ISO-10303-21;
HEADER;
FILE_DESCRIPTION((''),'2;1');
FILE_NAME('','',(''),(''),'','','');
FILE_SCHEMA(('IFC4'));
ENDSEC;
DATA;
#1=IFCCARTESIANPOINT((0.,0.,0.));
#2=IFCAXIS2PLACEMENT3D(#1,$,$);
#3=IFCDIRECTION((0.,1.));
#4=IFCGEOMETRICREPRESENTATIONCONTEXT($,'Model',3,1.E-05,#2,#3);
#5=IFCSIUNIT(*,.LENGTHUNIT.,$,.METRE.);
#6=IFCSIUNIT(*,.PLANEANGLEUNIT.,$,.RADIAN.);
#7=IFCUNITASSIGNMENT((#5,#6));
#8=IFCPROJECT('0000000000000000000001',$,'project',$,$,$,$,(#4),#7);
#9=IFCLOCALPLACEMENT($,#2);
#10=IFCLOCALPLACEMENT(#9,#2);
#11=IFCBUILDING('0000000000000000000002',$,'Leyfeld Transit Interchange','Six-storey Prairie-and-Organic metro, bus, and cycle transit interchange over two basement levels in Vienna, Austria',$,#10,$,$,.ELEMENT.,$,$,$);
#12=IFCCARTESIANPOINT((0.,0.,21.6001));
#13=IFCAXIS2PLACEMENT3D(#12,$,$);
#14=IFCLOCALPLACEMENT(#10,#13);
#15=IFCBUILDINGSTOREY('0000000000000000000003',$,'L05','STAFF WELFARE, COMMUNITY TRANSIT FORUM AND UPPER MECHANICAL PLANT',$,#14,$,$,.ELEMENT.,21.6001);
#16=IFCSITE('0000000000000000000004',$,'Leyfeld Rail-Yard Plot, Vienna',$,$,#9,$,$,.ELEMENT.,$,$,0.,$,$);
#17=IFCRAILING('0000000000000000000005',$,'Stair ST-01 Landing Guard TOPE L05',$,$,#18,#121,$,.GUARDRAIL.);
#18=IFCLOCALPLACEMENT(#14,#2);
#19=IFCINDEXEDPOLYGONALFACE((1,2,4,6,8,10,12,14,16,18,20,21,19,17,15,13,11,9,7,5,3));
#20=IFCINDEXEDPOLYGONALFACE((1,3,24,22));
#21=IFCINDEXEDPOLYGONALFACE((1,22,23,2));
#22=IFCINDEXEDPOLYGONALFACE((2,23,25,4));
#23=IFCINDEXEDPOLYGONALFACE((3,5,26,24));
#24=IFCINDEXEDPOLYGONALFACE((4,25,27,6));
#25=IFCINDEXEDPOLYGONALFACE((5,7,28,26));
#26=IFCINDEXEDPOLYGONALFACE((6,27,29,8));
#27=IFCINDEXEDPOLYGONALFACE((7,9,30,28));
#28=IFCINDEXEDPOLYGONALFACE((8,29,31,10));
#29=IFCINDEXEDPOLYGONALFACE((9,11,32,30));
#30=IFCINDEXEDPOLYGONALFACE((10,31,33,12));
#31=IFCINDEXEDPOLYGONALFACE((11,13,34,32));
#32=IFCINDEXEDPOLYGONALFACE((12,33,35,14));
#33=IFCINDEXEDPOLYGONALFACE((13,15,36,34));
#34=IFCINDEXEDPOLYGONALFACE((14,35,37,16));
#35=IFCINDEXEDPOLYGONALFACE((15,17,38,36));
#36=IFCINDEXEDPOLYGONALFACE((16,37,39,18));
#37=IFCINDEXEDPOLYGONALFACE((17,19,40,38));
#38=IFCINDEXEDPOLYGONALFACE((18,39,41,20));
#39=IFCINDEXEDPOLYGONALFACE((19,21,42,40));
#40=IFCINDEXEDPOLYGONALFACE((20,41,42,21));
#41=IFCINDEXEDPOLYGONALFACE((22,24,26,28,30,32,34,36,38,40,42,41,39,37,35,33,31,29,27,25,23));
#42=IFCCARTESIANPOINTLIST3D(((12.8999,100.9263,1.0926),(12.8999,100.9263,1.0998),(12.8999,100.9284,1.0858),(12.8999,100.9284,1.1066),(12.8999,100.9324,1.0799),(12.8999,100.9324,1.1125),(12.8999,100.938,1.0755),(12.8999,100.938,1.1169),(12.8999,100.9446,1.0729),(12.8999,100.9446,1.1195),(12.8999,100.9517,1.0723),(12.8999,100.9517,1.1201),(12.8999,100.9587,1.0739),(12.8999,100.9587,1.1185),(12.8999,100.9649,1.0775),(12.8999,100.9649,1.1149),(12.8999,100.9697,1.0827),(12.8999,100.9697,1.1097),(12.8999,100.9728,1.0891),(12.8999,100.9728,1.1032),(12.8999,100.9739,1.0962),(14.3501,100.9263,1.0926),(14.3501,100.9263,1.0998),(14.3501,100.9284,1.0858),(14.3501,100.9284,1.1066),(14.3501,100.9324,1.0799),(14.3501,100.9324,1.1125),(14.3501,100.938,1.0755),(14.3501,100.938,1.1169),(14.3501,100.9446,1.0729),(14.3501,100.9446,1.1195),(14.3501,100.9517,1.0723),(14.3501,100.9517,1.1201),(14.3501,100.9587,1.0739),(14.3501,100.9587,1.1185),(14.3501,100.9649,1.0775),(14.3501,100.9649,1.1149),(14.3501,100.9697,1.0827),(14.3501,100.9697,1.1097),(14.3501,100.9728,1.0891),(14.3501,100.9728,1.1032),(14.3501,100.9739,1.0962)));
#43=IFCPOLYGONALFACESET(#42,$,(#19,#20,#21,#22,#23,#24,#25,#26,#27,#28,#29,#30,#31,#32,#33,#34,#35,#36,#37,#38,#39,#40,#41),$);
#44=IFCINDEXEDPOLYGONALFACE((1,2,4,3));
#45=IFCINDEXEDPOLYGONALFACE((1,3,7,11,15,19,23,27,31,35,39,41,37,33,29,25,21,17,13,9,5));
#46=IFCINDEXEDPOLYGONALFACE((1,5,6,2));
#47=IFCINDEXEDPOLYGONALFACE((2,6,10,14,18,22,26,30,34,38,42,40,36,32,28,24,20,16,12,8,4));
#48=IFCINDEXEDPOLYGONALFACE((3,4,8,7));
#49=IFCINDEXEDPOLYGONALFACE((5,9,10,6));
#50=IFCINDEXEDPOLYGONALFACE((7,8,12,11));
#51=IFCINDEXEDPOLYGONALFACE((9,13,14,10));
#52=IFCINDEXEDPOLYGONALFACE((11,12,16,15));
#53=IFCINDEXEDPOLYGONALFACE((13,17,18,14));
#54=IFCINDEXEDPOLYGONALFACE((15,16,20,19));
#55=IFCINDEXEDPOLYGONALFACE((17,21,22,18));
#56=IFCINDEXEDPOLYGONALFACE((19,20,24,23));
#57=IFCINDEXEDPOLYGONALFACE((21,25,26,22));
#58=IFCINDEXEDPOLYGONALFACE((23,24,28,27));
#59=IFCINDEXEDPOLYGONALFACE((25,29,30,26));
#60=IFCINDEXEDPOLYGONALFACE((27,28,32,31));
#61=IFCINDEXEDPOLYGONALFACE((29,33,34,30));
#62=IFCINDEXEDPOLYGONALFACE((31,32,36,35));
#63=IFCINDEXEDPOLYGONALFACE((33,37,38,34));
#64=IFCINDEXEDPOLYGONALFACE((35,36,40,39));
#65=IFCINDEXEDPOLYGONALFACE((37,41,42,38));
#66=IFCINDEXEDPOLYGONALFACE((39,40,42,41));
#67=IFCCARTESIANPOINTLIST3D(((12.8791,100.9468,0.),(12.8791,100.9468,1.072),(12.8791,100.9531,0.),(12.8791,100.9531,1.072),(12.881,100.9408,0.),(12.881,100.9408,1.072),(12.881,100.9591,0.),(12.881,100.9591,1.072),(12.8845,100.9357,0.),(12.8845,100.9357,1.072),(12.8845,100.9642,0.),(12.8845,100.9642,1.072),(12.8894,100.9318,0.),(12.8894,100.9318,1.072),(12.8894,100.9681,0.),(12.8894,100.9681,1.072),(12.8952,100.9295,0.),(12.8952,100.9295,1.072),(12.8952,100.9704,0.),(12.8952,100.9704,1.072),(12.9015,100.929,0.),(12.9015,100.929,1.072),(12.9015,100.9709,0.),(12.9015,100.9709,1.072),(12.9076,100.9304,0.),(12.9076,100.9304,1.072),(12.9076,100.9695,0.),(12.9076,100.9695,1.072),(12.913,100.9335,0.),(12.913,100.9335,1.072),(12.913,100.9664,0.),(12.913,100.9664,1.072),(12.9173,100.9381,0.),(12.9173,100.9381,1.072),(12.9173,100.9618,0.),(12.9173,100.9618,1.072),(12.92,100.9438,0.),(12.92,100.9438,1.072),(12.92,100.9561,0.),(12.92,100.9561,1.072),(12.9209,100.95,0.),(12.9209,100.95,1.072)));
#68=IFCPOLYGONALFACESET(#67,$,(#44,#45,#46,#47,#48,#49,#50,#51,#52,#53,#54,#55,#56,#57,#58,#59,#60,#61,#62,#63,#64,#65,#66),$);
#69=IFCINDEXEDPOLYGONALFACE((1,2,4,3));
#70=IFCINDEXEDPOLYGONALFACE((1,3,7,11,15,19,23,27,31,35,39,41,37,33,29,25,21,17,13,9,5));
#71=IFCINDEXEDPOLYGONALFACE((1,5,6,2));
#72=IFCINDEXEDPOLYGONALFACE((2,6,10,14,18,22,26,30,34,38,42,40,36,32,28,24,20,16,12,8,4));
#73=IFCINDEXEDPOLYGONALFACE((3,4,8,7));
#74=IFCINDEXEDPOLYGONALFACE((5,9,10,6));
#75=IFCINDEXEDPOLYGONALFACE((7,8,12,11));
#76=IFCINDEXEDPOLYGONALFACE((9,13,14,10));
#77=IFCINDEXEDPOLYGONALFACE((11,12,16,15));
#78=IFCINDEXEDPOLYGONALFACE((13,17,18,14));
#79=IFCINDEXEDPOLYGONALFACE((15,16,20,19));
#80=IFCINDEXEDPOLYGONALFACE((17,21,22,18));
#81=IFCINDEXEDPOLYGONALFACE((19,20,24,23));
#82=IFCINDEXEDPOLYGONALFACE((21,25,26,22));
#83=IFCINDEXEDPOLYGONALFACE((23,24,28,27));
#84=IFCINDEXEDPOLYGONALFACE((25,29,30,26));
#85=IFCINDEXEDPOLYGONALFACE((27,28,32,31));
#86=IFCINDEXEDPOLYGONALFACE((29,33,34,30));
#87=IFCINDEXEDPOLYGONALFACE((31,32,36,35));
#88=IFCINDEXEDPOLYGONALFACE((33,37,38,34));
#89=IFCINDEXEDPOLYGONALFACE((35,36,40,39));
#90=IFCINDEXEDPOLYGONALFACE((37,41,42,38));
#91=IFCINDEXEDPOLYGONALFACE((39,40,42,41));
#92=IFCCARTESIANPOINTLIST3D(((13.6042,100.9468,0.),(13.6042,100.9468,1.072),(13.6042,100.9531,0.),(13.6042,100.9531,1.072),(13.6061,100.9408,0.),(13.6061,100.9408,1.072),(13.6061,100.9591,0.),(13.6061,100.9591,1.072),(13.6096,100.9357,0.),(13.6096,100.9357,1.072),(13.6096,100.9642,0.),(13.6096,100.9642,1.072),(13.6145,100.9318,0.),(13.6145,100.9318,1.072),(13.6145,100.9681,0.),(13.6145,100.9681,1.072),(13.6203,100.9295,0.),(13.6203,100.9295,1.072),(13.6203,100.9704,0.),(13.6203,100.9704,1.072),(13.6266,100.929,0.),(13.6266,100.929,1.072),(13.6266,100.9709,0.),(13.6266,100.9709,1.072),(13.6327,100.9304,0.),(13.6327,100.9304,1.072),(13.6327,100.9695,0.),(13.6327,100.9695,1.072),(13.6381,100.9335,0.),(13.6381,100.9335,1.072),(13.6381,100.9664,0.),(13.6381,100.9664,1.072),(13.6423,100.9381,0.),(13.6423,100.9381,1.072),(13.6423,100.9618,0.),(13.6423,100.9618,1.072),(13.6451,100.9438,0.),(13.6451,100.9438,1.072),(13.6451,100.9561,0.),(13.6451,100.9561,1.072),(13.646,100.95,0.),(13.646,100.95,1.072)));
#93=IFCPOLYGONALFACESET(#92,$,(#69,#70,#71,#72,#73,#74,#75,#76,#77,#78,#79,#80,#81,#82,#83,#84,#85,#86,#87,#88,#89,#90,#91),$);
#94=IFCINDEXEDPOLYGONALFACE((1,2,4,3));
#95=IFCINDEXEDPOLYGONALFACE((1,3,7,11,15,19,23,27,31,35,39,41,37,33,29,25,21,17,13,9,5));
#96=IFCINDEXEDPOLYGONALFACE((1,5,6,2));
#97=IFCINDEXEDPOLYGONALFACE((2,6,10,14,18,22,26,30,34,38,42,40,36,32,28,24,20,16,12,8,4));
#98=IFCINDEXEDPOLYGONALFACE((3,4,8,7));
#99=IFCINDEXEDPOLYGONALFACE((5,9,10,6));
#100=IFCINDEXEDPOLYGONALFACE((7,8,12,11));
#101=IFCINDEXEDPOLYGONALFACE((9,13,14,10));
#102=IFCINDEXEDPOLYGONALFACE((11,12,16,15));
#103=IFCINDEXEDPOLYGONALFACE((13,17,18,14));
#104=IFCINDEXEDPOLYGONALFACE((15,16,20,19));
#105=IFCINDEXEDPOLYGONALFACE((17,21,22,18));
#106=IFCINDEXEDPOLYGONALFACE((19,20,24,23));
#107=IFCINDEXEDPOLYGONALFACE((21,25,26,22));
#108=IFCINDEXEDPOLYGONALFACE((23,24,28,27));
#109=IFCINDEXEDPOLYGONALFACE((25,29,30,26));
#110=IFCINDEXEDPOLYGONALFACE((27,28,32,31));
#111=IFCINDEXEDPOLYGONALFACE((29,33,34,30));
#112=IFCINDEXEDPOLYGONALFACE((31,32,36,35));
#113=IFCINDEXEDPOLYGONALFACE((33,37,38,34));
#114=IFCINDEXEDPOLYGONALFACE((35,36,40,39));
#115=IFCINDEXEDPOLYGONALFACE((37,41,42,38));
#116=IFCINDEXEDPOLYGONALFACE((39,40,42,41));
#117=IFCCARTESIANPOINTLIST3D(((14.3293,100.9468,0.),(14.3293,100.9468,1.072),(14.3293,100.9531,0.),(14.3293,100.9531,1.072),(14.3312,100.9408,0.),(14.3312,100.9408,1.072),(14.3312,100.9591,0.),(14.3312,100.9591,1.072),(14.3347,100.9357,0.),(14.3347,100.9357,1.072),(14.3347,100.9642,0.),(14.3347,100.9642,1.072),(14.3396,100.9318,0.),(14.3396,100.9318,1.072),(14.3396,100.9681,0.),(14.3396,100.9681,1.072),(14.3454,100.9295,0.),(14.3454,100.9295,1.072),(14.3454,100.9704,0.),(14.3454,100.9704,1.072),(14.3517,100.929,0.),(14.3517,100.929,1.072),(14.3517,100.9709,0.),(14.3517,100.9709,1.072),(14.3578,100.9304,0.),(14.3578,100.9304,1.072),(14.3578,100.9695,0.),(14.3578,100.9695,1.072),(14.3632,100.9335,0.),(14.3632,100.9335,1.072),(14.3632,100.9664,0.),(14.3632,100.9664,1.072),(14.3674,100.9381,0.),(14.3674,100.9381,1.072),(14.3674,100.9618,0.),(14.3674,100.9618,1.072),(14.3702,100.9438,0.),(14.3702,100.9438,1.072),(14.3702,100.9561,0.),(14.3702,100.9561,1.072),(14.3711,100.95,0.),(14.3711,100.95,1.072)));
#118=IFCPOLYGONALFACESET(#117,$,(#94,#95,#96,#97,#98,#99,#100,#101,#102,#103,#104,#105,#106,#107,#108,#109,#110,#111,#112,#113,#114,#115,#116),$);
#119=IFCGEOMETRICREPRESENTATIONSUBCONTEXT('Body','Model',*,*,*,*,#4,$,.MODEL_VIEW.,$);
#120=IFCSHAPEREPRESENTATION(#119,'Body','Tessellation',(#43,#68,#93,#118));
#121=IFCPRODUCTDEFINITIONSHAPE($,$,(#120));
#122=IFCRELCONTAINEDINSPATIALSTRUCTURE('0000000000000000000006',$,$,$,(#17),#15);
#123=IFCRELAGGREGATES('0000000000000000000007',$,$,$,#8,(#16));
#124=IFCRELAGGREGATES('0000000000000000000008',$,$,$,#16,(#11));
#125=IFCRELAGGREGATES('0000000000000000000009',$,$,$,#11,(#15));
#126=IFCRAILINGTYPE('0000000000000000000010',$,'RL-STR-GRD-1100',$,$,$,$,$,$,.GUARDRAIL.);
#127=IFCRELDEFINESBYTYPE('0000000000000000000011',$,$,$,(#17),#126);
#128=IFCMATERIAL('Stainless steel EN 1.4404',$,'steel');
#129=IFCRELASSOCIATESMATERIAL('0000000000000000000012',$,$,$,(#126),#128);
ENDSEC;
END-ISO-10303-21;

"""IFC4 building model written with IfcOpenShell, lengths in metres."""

from ifc_helpers import new_model, si_unit, direction, frame, origin, origin_2d, place, context, subcontext, project, spatial, circle, extrude, material, type_object, element, save


model = new_model("IFC4")

# Units and contexts
model_context = context("Model", 3, precision=1e-05, world=origin(), true_north=direction((0.0, 1.0)))
body_context = subcontext(model_context, "Body", "Model", "MODEL_VIEW")
ifc_project = project(units=[si_unit("LENGTHUNIT", "METRE"), si_unit("PLANEANGLEUNIT", "RADIAN")], contexts=[model_context])

# Site, building, storey
site_placement = place(None, origin())
site = spatial("IfcSite", under=ifc_project, at=site_placement, Name="Leyfeld Rail-Yard Plot, Vienna", CompositionType="ELEMENT", RefElevation=0.0)
building_placement = place(site_placement, origin())
building = spatial("IfcBuilding", under=site, at=building_placement, Name="Leyfeld Transit Interchange", Description="Six-storey Prairie-and-Organic metro, bus, and cycle transit interchange over two basement levels in Vienna, Austria", CompositionType="ELEMENT")
storey_placement = place(building_placement, frame((0.0, 0.0, 21.6001)))
storey = spatial("IfcBuildingStorey", under=building, at=storey_placement, Name="L05", Description="STAFF WELFARE, COMMUNITY TRANSIT FORUM AND UPPER MECHANICAL PLANT", CompositionType="ELEMENT", Elevation=21.6001)

# Railing
ifc_material_1 = material(Name="Stainless steel EN 1.4404", Category="steel")
railing_type = type_object("IfcRailingType", Name="RL-STR-GRD-1100", PredefinedType="GUARDRAIL", material=ifc_material_1)
railing_1_placement = place(storey_placement, frame((12.8999, 100.95, 0.0)))
element("IfcRailing", 1, at=railing_1_placement, inside=storey, type_object=railing_type, Name="Stair ST-01 Landing Guard TOPE L05", PredefinedType="GUARDRAIL", context=body_context, shape_type="SweptSolid", body=[
    extrude(circle(Radius=0.0239, at=origin_2d()), frame((0.0, 0.0, 1.0962), z_axis=(1.0, 0.0, 0.0), x_axis=(0.0, 1.0, 0.0)), (0.0, 0.0, 1.0), 1.4502),
    extrude(circle(Radius=0.021, at=origin_2d()), origin(), (0.0, 0.0, 1.0), 1.072),
    extrude(circle(Radius=0.021, at=origin_2d()), frame((0.7251, 0.0, 0.0)), (0.0, 0.0, 1.0), 1.072),
    extrude(circle(Radius=0.021, at=origin_2d()), frame((1.4502, 0.0, 0.0)), (0.0, 0.0, 1.0), 1.072),
])

save(model, "model.ifc")
